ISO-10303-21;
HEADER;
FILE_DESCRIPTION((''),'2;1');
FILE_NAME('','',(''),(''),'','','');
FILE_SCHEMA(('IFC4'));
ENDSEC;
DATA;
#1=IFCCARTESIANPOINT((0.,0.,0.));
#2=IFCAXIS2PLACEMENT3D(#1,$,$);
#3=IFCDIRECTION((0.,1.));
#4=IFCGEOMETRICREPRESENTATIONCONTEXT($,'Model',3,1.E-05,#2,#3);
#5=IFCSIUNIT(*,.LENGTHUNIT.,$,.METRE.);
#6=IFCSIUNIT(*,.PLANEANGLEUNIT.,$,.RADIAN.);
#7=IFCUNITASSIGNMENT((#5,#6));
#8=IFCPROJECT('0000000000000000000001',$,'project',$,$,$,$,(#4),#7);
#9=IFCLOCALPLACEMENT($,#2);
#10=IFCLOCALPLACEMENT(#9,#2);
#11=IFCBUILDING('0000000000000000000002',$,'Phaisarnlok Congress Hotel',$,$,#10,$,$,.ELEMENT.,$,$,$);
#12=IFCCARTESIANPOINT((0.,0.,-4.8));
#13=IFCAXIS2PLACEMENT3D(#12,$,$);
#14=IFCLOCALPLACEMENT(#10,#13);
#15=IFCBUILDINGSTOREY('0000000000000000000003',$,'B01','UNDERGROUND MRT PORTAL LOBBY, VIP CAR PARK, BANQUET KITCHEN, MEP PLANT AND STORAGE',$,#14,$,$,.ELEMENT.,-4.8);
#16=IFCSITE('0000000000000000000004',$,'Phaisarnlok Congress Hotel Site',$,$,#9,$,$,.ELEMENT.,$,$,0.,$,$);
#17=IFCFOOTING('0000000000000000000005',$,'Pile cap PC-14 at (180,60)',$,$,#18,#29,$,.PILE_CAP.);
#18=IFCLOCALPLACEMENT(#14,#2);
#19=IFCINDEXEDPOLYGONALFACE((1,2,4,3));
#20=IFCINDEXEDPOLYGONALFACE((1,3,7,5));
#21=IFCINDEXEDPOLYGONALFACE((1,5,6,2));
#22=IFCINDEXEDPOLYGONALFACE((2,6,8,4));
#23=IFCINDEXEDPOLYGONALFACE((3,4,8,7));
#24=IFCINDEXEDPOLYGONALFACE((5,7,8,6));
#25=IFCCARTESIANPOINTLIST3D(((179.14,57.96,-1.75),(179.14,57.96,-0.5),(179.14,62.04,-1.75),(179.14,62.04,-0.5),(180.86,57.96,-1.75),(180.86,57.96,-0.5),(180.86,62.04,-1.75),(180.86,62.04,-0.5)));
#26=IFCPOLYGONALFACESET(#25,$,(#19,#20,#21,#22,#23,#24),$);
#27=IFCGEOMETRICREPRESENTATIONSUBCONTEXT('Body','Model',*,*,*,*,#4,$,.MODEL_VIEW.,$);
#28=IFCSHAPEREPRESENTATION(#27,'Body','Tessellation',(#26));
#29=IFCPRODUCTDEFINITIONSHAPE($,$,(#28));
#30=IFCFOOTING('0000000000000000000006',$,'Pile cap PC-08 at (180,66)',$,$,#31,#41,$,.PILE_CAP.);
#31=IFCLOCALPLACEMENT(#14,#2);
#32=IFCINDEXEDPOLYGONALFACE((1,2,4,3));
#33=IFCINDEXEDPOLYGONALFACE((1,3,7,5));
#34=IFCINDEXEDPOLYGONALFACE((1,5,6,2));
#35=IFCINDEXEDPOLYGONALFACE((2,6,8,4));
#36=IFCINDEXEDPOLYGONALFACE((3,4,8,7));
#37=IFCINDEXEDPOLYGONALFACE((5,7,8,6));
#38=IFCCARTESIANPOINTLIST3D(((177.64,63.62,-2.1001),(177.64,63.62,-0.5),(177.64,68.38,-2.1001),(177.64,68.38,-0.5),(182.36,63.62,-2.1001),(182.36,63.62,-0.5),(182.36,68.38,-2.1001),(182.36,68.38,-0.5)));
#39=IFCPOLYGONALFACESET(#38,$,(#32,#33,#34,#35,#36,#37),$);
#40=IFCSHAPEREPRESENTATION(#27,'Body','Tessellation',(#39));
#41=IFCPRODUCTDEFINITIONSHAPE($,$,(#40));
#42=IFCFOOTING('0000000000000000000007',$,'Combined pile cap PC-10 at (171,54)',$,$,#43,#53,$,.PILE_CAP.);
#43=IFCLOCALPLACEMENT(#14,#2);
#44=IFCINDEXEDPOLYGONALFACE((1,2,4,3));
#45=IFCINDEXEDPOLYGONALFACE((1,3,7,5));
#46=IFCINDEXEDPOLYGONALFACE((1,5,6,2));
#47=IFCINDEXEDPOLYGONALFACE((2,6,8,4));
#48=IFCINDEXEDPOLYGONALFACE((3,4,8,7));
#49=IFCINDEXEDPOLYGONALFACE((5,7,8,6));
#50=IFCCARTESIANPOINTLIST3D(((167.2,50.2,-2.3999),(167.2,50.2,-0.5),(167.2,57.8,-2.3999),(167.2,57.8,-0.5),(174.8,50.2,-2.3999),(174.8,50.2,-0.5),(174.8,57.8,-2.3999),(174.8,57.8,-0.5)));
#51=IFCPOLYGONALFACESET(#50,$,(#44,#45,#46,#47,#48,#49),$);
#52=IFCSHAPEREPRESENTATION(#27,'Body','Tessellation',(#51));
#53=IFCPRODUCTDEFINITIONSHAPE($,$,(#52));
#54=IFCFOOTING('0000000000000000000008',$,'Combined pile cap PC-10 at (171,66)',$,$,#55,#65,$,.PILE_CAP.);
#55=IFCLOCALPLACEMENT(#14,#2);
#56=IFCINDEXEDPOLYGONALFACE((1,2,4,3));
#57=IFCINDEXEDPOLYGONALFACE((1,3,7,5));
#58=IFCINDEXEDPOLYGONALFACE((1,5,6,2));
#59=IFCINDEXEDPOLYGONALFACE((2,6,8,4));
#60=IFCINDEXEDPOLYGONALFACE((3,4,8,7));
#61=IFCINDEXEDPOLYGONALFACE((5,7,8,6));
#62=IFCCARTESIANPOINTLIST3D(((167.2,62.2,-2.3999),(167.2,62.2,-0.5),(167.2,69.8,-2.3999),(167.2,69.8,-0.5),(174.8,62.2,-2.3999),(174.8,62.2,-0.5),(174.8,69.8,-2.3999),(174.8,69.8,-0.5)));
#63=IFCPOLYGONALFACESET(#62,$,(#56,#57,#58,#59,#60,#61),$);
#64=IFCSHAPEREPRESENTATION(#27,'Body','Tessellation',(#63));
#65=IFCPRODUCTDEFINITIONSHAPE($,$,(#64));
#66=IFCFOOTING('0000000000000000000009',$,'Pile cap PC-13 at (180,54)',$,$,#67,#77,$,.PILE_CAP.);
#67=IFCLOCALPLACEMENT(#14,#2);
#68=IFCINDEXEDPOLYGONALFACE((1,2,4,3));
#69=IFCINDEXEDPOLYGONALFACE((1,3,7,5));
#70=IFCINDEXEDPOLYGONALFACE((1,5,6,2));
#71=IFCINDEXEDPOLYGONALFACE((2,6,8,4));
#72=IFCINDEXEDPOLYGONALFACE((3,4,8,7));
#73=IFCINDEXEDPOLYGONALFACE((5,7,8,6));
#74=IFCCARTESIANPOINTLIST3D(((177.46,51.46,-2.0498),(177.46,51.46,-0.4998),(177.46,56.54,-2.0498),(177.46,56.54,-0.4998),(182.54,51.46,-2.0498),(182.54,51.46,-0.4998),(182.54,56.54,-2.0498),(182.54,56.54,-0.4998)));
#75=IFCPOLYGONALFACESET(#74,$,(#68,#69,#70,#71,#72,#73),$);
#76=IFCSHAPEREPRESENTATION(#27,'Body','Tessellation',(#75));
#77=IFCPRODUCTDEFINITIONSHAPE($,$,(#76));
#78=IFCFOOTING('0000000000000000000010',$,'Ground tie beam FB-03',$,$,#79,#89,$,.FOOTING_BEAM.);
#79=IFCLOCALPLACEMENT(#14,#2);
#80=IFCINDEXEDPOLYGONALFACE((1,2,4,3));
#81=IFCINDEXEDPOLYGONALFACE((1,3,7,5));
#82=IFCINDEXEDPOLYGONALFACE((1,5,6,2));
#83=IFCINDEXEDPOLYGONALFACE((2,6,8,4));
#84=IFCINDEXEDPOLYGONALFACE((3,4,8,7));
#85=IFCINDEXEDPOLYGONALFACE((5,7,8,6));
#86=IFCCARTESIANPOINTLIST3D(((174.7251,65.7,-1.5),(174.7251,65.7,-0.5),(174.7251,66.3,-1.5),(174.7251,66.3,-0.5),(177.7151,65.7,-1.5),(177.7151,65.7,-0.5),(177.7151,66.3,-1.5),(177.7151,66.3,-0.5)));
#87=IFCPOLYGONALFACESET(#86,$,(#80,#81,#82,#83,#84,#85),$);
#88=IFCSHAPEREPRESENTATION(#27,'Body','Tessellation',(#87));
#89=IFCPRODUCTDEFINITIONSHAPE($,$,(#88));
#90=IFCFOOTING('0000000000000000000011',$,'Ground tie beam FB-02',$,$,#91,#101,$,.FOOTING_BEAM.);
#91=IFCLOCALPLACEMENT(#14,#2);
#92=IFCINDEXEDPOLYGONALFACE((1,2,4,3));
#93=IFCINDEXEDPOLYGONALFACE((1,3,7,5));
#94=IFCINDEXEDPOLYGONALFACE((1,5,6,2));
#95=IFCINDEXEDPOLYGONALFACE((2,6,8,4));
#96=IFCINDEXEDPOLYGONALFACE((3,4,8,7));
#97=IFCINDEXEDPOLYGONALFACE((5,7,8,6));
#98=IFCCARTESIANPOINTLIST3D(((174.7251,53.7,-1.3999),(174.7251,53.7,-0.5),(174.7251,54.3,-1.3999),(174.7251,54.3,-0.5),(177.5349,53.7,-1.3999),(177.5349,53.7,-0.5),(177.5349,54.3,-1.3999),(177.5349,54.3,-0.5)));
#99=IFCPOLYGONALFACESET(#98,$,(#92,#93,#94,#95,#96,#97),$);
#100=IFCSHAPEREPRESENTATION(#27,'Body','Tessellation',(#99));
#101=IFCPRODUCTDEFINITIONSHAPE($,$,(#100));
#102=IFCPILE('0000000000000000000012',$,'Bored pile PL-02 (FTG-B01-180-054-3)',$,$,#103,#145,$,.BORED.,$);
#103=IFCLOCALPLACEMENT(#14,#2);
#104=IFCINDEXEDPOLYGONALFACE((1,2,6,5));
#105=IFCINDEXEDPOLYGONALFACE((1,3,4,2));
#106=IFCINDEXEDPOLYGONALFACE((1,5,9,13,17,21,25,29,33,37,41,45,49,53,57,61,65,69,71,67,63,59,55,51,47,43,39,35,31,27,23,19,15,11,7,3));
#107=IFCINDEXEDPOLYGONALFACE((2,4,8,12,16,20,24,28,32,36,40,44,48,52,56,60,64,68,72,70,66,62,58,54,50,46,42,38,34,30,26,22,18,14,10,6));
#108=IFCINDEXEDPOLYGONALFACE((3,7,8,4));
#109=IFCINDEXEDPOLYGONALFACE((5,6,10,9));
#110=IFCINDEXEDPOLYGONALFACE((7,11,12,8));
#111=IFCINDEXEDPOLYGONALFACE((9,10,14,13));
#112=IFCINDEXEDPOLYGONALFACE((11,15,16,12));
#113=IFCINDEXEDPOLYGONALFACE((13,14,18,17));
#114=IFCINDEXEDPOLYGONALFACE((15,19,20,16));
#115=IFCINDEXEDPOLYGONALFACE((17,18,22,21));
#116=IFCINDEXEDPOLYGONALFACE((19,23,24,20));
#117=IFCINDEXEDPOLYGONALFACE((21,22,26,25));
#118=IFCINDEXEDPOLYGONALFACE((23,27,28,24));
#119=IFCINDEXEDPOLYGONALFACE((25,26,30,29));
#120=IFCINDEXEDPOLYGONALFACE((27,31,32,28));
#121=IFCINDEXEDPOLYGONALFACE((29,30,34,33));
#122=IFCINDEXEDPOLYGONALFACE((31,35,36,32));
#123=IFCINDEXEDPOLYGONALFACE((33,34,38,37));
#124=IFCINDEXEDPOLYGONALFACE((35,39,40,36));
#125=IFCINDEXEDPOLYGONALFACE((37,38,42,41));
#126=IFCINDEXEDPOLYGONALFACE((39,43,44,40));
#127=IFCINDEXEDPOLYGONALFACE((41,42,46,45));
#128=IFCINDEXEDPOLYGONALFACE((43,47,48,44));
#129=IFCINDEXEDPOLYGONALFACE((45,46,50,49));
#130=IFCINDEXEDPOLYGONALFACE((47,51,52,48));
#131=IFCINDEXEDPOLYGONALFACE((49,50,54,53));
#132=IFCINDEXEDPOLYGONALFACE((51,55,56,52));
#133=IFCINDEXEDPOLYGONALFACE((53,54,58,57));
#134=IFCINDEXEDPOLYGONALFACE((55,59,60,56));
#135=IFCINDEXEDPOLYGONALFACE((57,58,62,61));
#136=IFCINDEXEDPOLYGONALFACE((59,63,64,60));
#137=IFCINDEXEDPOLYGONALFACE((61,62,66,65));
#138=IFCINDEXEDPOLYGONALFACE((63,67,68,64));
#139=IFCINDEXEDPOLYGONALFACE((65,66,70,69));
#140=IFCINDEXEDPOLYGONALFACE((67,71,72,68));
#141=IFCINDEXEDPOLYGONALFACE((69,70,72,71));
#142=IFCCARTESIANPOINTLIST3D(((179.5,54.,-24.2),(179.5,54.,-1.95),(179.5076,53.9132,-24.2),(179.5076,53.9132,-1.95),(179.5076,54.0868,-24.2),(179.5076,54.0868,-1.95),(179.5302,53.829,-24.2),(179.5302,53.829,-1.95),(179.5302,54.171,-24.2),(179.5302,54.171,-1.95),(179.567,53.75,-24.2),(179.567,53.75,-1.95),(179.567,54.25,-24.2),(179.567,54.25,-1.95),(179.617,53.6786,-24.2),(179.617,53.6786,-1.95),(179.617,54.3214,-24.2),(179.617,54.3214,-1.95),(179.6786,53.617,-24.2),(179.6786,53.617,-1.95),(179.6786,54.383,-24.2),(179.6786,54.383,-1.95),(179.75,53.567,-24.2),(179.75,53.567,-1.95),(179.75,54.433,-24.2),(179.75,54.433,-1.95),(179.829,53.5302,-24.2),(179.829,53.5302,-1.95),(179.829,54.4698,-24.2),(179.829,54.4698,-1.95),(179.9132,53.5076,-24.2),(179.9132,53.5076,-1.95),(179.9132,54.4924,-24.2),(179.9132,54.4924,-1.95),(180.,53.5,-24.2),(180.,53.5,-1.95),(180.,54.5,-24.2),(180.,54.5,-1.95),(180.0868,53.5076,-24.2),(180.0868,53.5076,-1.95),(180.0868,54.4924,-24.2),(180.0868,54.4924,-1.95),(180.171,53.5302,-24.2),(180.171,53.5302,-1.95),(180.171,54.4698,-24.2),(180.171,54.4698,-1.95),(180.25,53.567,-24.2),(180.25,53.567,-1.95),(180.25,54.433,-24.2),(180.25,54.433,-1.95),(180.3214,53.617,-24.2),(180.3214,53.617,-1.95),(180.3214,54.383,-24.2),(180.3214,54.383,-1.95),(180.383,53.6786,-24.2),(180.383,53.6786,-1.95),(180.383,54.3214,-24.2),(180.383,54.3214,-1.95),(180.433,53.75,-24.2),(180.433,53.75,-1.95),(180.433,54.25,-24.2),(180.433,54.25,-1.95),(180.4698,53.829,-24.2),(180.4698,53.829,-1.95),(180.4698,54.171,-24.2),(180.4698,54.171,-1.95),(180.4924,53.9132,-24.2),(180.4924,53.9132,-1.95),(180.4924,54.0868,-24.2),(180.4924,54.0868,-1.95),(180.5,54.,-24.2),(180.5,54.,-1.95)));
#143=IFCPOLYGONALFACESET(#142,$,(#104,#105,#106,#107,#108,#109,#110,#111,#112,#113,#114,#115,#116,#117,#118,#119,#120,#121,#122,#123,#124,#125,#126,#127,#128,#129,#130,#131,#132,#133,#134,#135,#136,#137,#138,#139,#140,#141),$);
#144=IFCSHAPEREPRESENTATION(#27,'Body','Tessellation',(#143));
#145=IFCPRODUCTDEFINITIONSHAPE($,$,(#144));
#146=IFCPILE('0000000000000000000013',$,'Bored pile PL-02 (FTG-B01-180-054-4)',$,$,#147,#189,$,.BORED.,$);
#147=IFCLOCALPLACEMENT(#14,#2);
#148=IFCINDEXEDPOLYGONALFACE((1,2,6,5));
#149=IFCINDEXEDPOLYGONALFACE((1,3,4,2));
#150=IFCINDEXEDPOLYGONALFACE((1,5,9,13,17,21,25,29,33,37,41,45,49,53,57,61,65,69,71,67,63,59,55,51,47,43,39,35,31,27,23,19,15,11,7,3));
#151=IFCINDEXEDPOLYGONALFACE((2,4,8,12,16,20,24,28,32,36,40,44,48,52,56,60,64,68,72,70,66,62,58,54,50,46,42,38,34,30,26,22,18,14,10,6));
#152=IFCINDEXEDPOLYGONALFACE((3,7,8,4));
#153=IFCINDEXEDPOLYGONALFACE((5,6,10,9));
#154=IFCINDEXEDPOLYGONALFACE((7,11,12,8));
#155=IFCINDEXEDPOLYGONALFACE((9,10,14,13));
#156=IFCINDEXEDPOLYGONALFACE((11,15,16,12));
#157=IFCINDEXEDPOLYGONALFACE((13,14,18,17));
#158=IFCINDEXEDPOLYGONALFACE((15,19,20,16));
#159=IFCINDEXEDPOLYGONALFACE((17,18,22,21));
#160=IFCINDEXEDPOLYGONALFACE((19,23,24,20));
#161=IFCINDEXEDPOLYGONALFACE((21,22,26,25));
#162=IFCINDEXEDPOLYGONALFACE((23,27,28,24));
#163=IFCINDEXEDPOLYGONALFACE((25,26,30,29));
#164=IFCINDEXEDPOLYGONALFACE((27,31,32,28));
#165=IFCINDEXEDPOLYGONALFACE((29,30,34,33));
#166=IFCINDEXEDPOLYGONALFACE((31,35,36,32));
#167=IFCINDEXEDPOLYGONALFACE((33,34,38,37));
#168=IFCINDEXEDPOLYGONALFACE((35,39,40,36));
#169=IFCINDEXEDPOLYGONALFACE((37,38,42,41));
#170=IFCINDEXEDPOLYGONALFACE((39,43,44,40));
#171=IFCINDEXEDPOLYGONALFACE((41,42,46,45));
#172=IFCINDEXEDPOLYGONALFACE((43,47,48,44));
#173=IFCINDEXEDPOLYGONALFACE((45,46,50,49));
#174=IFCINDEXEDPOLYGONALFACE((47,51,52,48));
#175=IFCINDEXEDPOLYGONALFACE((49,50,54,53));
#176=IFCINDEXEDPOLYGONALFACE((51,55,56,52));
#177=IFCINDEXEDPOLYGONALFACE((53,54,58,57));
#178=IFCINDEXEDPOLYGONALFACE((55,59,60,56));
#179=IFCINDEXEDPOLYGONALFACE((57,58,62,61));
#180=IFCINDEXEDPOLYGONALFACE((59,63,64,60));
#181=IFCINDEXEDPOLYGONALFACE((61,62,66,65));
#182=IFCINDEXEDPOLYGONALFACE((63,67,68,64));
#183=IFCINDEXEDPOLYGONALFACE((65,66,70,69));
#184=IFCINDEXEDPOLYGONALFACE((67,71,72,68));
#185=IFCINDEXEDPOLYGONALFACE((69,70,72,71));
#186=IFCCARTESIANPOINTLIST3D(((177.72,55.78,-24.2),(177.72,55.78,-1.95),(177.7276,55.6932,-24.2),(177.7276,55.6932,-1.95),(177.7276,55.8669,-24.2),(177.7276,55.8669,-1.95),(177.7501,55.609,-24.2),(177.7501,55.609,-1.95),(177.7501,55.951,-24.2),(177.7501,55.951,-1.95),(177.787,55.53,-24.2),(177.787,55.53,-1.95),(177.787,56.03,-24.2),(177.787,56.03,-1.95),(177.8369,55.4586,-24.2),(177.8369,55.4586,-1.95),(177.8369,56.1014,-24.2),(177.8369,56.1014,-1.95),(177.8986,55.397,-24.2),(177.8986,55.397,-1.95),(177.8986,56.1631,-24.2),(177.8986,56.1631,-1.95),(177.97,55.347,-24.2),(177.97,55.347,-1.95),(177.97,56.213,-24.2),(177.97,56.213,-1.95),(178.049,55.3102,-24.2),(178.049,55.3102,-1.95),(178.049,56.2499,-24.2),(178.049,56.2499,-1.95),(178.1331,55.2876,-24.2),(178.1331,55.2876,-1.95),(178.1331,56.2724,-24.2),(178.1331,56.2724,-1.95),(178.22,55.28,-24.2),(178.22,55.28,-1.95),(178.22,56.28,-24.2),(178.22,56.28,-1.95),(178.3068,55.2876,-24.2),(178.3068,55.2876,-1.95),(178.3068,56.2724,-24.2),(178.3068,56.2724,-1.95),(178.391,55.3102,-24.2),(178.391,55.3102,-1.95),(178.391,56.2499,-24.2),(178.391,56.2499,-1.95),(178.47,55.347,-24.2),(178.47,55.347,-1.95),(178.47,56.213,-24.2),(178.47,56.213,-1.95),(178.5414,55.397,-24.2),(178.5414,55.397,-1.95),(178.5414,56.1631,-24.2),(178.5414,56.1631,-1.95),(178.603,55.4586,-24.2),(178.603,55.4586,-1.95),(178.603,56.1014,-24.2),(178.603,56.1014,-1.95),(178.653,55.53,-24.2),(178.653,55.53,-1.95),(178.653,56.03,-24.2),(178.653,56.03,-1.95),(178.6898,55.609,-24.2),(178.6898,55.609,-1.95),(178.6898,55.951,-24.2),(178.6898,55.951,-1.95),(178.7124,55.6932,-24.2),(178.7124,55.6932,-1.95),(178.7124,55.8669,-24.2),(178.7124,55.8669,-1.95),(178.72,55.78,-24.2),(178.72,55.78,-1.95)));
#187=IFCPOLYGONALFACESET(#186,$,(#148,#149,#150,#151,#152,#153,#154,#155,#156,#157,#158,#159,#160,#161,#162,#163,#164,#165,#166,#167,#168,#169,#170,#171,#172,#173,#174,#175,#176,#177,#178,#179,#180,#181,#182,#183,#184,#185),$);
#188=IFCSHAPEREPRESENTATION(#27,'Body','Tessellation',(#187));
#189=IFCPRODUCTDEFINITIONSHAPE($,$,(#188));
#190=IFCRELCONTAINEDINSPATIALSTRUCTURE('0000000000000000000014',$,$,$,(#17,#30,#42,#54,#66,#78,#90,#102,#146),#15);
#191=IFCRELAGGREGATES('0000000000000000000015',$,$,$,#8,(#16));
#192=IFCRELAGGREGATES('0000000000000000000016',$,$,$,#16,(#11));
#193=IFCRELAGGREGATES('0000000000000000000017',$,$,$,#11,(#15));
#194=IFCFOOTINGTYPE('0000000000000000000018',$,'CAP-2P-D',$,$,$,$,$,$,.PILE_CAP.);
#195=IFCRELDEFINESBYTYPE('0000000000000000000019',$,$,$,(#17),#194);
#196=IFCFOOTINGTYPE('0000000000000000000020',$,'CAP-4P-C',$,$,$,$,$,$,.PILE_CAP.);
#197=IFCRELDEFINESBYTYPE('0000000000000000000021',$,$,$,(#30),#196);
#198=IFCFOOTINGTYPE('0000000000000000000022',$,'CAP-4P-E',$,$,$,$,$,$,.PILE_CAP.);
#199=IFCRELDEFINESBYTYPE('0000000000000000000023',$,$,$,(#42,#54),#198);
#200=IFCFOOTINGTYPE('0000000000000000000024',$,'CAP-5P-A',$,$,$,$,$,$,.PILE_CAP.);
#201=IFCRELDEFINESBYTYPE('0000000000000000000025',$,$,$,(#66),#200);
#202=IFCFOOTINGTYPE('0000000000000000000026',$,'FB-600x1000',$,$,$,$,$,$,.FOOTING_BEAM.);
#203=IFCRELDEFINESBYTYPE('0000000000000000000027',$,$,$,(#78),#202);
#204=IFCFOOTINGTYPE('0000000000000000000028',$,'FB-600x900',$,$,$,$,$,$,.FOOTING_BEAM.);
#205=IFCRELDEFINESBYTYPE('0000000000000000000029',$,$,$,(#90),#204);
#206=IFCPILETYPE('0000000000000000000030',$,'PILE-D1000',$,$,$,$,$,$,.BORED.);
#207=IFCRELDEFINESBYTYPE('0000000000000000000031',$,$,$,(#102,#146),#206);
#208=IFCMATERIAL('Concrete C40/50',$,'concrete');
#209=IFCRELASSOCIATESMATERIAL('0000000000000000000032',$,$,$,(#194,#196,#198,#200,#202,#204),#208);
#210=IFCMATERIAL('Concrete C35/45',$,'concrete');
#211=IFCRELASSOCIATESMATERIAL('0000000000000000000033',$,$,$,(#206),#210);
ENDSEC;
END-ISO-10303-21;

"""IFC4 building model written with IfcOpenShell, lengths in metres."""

from ifc_helpers import new_model, si_unit, direction, frame, origin, origin_2d, place, context, subcontext, project, spatial, rectangle, circle, extrude, material, material_profile, profile_set, type_object, element, save


model = new_model("IFC4")

# Units and contexts
model_context = context("Model", 3, precision=1e-05, world=origin(), true_north=direction((0.0, 1.0)))
body_context = subcontext(model_context, "Body", "Model", "MODEL_VIEW")
ifc_project = project(units=[si_unit("LENGTHUNIT", "METRE"), si_unit("PLANEANGLEUNIT", "RADIAN")], contexts=[model_context])

# Site, building, storey
site_placement = place(None, origin())
site = spatial("IfcSite", under=ifc_project, at=site_placement, Name="Phaisarnlok Congress Hotel Site", CompositionType="ELEMENT", RefElevation=0.0)
building_placement = place(site_placement, origin())
building = spatial("IfcBuilding", under=site, at=building_placement, Name="Phaisarnlok Congress Hotel", CompositionType="ELEMENT")
storey_placement = place(building_placement, frame((0.0, 0.0, -4.8)))
storey = spatial("IfcBuildingStorey", under=building, at=storey_placement, Name="B01", Description="UNDERGROUND MRT PORTAL LOBBY, VIP CAR PARK, BANQUET KITCHEN, MEP PLANT AND STORAGE", CompositionType="ELEMENT", Elevation=-4.8)

# Footings
ifc_material_1 = material(Name="Concrete C40/50", Category="concrete")
footing_type_1 = type_object("IfcFootingType", Name="CAP-2P-D", PredefinedType="PILE_CAP", material=ifc_material_1)
footing_1_placement = place(storey_placement, frame((180.0, 60.0, -1.75), z_axis=(0.0, 0.0, 1.0), x_axis=(1.0, 0.0, 0.0)))
element("IfcFooting", 1, at=footing_1_placement, inside=storey, type_object=footing_type_1, Name="Pile cap PC-14 at (180,60)", PredefinedType="PILE_CAP", context=body_context, shape_type="SweptSolid", body=[
    extrude(rectangle(XDim=1.72, YDim=4.0801, at=origin_2d()), origin(), (0.0, 0.0, 1.0), 1.25),
])
footing_type_2 = type_object("IfcFootingType", Name="CAP-4P-C", PredefinedType="PILE_CAP", material=ifc_material_1)
footing_2_placement = place(storey_placement, frame((180.0, 66.0, -2.1001), z_axis=(0.0, 0.0, 1.0), x_axis=(1.0, 0.0, 0.0)))
element("IfcFooting", 2, at=footing_2_placement, inside=storey, type_object=footing_type_2, Name="Pile cap PC-08 at (180,66)", PredefinedType="PILE_CAP", context=body_context, shape_type="SweptSolid", body=[
    extrude(rectangle(XDim=4.72, YDim=4.76, at=origin_2d()), origin(), (0.0, 0.0, 1.0), 1.6001),
])
footing_type_3 = type_object("IfcFootingType", Name="CAP-4P-E", PredefinedType="PILE_CAP", material=ifc_material_1)
for number, where, z_axis, x_axis, name in (
    (3, (171.0, 54.0, -2.3999), (0.0, 0.0, 1.0), (1.0, 0.0, 0.0), "Combined pile cap PC-10 at (171,54)"),
    (4, (171.0, 66.0, -2.3999), (0.0, 0.0, 1.0), (1.0, 0.0, 0.0), "Combined pile cap PC-10 at (171,66)"),
):
    element("IfcFooting", number, at=place(storey_placement, frame(where, z_axis=z_axis, x_axis=x_axis)), inside=storey, type_object=footing_type_3, Name=name, PredefinedType="PILE_CAP", context=body_context, shape_type="SweptSolid", body=[
        extrude(rectangle(XDim=7.6001, YDim=7.6001, at=origin_2d()), origin(), (0.0, 0.0, 1.0), 1.8999),
    ])
footing_type_4 = type_object("IfcFootingType", Name="CAP-5P-A", PredefinedType="PILE_CAP", material=ifc_material_1)
footing_3_placement = place(storey_placement, frame((180.0, 54.0, -2.0498), z_axis=(0.0, 0.0, 1.0), x_axis=(1.0, 0.0, 0.0)))
element("IfcFooting", 5, at=footing_3_placement, inside=storey, type_object=footing_type_4, Name="Pile cap PC-13 at (180,54)", PredefinedType="PILE_CAP", context=body_context, shape_type="SweptSolid", body=[
    extrude(rectangle(XDim=5.0801, YDim=5.0801, at=origin_2d()), origin(), (0.0, 0.0, 1.0), 1.55),
])
ifc_material_profile_1 = material_profile(ifc_material_1, rectangle(XDim=0.6001, YDim=1.0, at=origin_2d()), Name="FB-600x1000")
ifc_profile_set_1 = profile_set([ifc_material_profile_1], Name="Concrete C40/50")
footing_type_5 = type_object("IfcFootingType", Name="FB-600x1000", PredefinedType="FOOTING_BEAM", material=ifc_profile_set_1)
footing_4_placement = place(storey_placement, frame((174.7251, 66.0, -1.0), z_axis=(1.0, 0.0, 0.0), x_axis=(0.0, 1.0, 0.0)))
element("IfcFooting", 6, at=footing_4_placement, inside=storey, type_object=footing_type_5, Name="Ground tie beam FB-03", PredefinedType="FOOTING_BEAM", context=body_context, shape_type="SweptSolid", body=[
    extrude(rectangle(XDim=0.6001, YDim=1.0, at=origin_2d()), origin(), (0.0, 0.0, 1.0), 2.99),
])
ifc_material_profile_2 = material_profile(ifc_material_1, rectangle(XDim=0.6001, YDim=0.8999, at=origin_2d()), Name="FB-600x900")
ifc_profile_set_2 = profile_set([ifc_material_profile_2], Name="Concrete C40/50")
footing_type_6 = type_object("IfcFootingType", Name="FB-600x900", PredefinedType="FOOTING_BEAM", material=ifc_profile_set_2)
footing_5_placement = place(storey_placement, frame((174.7251, 54.0, -0.95), z_axis=(1.0, 0.0, 0.0), x_axis=(0.0, 1.0, 0.0)))
element("IfcFooting", 7, at=footing_5_placement, inside=storey, type_object=footing_type_6, Name="Ground tie beam FB-02", PredefinedType="FOOTING_BEAM", context=body_context, shape_type="SweptSolid", body=[
    extrude(rectangle(XDim=0.6001, YDim=0.8999, at=origin_2d()), origin(), (0.0, 0.0, 1.0), 2.8098),
])

# Piles
ifc_material_2 = material(Name="Concrete C35/45", Category="concrete")
ifc_material_profile_3 = material_profile(ifc_material_2, circle(Radius=0.5, at=origin_2d()), Name="BORED PILE D1000")
ifc_profile_set_3 = profile_set([ifc_material_profile_3], Name="Concrete C35/45")
pile_type_1 = type_object("IfcPileType", Name="PILE-D1000", PredefinedType="BORED", material=ifc_profile_set_3)
for number, where, z_axis, x_axis, name in (
    (8, (180.0, 54.0, -1.95), (0.0, 0.0, -1.0), (1.0, 0.0, 0.0), "Bored pile PL-02 (FTG-B01-180-054-3)"),
    (9, (178.22, 55.78, -1.95), (0.0, 0.0, -1.0), (1.0, 0.0, 0.0), "Bored pile PL-02 (FTG-B01-180-054-4)"),
):
    element("IfcPile", number, at=place(storey_placement, frame(where, z_axis=z_axis, x_axis=x_axis)), inside=storey, type_object=pile_type_1, Name=name, PredefinedType="BORED", context=body_context, shape_type="SweptSolid", body=[
        extrude(circle(Radius=0.5, at=origin_2d()), origin(), (0.0, 0.0, 1.0), 22.25),
    ])

save(model, "model.ifc")
